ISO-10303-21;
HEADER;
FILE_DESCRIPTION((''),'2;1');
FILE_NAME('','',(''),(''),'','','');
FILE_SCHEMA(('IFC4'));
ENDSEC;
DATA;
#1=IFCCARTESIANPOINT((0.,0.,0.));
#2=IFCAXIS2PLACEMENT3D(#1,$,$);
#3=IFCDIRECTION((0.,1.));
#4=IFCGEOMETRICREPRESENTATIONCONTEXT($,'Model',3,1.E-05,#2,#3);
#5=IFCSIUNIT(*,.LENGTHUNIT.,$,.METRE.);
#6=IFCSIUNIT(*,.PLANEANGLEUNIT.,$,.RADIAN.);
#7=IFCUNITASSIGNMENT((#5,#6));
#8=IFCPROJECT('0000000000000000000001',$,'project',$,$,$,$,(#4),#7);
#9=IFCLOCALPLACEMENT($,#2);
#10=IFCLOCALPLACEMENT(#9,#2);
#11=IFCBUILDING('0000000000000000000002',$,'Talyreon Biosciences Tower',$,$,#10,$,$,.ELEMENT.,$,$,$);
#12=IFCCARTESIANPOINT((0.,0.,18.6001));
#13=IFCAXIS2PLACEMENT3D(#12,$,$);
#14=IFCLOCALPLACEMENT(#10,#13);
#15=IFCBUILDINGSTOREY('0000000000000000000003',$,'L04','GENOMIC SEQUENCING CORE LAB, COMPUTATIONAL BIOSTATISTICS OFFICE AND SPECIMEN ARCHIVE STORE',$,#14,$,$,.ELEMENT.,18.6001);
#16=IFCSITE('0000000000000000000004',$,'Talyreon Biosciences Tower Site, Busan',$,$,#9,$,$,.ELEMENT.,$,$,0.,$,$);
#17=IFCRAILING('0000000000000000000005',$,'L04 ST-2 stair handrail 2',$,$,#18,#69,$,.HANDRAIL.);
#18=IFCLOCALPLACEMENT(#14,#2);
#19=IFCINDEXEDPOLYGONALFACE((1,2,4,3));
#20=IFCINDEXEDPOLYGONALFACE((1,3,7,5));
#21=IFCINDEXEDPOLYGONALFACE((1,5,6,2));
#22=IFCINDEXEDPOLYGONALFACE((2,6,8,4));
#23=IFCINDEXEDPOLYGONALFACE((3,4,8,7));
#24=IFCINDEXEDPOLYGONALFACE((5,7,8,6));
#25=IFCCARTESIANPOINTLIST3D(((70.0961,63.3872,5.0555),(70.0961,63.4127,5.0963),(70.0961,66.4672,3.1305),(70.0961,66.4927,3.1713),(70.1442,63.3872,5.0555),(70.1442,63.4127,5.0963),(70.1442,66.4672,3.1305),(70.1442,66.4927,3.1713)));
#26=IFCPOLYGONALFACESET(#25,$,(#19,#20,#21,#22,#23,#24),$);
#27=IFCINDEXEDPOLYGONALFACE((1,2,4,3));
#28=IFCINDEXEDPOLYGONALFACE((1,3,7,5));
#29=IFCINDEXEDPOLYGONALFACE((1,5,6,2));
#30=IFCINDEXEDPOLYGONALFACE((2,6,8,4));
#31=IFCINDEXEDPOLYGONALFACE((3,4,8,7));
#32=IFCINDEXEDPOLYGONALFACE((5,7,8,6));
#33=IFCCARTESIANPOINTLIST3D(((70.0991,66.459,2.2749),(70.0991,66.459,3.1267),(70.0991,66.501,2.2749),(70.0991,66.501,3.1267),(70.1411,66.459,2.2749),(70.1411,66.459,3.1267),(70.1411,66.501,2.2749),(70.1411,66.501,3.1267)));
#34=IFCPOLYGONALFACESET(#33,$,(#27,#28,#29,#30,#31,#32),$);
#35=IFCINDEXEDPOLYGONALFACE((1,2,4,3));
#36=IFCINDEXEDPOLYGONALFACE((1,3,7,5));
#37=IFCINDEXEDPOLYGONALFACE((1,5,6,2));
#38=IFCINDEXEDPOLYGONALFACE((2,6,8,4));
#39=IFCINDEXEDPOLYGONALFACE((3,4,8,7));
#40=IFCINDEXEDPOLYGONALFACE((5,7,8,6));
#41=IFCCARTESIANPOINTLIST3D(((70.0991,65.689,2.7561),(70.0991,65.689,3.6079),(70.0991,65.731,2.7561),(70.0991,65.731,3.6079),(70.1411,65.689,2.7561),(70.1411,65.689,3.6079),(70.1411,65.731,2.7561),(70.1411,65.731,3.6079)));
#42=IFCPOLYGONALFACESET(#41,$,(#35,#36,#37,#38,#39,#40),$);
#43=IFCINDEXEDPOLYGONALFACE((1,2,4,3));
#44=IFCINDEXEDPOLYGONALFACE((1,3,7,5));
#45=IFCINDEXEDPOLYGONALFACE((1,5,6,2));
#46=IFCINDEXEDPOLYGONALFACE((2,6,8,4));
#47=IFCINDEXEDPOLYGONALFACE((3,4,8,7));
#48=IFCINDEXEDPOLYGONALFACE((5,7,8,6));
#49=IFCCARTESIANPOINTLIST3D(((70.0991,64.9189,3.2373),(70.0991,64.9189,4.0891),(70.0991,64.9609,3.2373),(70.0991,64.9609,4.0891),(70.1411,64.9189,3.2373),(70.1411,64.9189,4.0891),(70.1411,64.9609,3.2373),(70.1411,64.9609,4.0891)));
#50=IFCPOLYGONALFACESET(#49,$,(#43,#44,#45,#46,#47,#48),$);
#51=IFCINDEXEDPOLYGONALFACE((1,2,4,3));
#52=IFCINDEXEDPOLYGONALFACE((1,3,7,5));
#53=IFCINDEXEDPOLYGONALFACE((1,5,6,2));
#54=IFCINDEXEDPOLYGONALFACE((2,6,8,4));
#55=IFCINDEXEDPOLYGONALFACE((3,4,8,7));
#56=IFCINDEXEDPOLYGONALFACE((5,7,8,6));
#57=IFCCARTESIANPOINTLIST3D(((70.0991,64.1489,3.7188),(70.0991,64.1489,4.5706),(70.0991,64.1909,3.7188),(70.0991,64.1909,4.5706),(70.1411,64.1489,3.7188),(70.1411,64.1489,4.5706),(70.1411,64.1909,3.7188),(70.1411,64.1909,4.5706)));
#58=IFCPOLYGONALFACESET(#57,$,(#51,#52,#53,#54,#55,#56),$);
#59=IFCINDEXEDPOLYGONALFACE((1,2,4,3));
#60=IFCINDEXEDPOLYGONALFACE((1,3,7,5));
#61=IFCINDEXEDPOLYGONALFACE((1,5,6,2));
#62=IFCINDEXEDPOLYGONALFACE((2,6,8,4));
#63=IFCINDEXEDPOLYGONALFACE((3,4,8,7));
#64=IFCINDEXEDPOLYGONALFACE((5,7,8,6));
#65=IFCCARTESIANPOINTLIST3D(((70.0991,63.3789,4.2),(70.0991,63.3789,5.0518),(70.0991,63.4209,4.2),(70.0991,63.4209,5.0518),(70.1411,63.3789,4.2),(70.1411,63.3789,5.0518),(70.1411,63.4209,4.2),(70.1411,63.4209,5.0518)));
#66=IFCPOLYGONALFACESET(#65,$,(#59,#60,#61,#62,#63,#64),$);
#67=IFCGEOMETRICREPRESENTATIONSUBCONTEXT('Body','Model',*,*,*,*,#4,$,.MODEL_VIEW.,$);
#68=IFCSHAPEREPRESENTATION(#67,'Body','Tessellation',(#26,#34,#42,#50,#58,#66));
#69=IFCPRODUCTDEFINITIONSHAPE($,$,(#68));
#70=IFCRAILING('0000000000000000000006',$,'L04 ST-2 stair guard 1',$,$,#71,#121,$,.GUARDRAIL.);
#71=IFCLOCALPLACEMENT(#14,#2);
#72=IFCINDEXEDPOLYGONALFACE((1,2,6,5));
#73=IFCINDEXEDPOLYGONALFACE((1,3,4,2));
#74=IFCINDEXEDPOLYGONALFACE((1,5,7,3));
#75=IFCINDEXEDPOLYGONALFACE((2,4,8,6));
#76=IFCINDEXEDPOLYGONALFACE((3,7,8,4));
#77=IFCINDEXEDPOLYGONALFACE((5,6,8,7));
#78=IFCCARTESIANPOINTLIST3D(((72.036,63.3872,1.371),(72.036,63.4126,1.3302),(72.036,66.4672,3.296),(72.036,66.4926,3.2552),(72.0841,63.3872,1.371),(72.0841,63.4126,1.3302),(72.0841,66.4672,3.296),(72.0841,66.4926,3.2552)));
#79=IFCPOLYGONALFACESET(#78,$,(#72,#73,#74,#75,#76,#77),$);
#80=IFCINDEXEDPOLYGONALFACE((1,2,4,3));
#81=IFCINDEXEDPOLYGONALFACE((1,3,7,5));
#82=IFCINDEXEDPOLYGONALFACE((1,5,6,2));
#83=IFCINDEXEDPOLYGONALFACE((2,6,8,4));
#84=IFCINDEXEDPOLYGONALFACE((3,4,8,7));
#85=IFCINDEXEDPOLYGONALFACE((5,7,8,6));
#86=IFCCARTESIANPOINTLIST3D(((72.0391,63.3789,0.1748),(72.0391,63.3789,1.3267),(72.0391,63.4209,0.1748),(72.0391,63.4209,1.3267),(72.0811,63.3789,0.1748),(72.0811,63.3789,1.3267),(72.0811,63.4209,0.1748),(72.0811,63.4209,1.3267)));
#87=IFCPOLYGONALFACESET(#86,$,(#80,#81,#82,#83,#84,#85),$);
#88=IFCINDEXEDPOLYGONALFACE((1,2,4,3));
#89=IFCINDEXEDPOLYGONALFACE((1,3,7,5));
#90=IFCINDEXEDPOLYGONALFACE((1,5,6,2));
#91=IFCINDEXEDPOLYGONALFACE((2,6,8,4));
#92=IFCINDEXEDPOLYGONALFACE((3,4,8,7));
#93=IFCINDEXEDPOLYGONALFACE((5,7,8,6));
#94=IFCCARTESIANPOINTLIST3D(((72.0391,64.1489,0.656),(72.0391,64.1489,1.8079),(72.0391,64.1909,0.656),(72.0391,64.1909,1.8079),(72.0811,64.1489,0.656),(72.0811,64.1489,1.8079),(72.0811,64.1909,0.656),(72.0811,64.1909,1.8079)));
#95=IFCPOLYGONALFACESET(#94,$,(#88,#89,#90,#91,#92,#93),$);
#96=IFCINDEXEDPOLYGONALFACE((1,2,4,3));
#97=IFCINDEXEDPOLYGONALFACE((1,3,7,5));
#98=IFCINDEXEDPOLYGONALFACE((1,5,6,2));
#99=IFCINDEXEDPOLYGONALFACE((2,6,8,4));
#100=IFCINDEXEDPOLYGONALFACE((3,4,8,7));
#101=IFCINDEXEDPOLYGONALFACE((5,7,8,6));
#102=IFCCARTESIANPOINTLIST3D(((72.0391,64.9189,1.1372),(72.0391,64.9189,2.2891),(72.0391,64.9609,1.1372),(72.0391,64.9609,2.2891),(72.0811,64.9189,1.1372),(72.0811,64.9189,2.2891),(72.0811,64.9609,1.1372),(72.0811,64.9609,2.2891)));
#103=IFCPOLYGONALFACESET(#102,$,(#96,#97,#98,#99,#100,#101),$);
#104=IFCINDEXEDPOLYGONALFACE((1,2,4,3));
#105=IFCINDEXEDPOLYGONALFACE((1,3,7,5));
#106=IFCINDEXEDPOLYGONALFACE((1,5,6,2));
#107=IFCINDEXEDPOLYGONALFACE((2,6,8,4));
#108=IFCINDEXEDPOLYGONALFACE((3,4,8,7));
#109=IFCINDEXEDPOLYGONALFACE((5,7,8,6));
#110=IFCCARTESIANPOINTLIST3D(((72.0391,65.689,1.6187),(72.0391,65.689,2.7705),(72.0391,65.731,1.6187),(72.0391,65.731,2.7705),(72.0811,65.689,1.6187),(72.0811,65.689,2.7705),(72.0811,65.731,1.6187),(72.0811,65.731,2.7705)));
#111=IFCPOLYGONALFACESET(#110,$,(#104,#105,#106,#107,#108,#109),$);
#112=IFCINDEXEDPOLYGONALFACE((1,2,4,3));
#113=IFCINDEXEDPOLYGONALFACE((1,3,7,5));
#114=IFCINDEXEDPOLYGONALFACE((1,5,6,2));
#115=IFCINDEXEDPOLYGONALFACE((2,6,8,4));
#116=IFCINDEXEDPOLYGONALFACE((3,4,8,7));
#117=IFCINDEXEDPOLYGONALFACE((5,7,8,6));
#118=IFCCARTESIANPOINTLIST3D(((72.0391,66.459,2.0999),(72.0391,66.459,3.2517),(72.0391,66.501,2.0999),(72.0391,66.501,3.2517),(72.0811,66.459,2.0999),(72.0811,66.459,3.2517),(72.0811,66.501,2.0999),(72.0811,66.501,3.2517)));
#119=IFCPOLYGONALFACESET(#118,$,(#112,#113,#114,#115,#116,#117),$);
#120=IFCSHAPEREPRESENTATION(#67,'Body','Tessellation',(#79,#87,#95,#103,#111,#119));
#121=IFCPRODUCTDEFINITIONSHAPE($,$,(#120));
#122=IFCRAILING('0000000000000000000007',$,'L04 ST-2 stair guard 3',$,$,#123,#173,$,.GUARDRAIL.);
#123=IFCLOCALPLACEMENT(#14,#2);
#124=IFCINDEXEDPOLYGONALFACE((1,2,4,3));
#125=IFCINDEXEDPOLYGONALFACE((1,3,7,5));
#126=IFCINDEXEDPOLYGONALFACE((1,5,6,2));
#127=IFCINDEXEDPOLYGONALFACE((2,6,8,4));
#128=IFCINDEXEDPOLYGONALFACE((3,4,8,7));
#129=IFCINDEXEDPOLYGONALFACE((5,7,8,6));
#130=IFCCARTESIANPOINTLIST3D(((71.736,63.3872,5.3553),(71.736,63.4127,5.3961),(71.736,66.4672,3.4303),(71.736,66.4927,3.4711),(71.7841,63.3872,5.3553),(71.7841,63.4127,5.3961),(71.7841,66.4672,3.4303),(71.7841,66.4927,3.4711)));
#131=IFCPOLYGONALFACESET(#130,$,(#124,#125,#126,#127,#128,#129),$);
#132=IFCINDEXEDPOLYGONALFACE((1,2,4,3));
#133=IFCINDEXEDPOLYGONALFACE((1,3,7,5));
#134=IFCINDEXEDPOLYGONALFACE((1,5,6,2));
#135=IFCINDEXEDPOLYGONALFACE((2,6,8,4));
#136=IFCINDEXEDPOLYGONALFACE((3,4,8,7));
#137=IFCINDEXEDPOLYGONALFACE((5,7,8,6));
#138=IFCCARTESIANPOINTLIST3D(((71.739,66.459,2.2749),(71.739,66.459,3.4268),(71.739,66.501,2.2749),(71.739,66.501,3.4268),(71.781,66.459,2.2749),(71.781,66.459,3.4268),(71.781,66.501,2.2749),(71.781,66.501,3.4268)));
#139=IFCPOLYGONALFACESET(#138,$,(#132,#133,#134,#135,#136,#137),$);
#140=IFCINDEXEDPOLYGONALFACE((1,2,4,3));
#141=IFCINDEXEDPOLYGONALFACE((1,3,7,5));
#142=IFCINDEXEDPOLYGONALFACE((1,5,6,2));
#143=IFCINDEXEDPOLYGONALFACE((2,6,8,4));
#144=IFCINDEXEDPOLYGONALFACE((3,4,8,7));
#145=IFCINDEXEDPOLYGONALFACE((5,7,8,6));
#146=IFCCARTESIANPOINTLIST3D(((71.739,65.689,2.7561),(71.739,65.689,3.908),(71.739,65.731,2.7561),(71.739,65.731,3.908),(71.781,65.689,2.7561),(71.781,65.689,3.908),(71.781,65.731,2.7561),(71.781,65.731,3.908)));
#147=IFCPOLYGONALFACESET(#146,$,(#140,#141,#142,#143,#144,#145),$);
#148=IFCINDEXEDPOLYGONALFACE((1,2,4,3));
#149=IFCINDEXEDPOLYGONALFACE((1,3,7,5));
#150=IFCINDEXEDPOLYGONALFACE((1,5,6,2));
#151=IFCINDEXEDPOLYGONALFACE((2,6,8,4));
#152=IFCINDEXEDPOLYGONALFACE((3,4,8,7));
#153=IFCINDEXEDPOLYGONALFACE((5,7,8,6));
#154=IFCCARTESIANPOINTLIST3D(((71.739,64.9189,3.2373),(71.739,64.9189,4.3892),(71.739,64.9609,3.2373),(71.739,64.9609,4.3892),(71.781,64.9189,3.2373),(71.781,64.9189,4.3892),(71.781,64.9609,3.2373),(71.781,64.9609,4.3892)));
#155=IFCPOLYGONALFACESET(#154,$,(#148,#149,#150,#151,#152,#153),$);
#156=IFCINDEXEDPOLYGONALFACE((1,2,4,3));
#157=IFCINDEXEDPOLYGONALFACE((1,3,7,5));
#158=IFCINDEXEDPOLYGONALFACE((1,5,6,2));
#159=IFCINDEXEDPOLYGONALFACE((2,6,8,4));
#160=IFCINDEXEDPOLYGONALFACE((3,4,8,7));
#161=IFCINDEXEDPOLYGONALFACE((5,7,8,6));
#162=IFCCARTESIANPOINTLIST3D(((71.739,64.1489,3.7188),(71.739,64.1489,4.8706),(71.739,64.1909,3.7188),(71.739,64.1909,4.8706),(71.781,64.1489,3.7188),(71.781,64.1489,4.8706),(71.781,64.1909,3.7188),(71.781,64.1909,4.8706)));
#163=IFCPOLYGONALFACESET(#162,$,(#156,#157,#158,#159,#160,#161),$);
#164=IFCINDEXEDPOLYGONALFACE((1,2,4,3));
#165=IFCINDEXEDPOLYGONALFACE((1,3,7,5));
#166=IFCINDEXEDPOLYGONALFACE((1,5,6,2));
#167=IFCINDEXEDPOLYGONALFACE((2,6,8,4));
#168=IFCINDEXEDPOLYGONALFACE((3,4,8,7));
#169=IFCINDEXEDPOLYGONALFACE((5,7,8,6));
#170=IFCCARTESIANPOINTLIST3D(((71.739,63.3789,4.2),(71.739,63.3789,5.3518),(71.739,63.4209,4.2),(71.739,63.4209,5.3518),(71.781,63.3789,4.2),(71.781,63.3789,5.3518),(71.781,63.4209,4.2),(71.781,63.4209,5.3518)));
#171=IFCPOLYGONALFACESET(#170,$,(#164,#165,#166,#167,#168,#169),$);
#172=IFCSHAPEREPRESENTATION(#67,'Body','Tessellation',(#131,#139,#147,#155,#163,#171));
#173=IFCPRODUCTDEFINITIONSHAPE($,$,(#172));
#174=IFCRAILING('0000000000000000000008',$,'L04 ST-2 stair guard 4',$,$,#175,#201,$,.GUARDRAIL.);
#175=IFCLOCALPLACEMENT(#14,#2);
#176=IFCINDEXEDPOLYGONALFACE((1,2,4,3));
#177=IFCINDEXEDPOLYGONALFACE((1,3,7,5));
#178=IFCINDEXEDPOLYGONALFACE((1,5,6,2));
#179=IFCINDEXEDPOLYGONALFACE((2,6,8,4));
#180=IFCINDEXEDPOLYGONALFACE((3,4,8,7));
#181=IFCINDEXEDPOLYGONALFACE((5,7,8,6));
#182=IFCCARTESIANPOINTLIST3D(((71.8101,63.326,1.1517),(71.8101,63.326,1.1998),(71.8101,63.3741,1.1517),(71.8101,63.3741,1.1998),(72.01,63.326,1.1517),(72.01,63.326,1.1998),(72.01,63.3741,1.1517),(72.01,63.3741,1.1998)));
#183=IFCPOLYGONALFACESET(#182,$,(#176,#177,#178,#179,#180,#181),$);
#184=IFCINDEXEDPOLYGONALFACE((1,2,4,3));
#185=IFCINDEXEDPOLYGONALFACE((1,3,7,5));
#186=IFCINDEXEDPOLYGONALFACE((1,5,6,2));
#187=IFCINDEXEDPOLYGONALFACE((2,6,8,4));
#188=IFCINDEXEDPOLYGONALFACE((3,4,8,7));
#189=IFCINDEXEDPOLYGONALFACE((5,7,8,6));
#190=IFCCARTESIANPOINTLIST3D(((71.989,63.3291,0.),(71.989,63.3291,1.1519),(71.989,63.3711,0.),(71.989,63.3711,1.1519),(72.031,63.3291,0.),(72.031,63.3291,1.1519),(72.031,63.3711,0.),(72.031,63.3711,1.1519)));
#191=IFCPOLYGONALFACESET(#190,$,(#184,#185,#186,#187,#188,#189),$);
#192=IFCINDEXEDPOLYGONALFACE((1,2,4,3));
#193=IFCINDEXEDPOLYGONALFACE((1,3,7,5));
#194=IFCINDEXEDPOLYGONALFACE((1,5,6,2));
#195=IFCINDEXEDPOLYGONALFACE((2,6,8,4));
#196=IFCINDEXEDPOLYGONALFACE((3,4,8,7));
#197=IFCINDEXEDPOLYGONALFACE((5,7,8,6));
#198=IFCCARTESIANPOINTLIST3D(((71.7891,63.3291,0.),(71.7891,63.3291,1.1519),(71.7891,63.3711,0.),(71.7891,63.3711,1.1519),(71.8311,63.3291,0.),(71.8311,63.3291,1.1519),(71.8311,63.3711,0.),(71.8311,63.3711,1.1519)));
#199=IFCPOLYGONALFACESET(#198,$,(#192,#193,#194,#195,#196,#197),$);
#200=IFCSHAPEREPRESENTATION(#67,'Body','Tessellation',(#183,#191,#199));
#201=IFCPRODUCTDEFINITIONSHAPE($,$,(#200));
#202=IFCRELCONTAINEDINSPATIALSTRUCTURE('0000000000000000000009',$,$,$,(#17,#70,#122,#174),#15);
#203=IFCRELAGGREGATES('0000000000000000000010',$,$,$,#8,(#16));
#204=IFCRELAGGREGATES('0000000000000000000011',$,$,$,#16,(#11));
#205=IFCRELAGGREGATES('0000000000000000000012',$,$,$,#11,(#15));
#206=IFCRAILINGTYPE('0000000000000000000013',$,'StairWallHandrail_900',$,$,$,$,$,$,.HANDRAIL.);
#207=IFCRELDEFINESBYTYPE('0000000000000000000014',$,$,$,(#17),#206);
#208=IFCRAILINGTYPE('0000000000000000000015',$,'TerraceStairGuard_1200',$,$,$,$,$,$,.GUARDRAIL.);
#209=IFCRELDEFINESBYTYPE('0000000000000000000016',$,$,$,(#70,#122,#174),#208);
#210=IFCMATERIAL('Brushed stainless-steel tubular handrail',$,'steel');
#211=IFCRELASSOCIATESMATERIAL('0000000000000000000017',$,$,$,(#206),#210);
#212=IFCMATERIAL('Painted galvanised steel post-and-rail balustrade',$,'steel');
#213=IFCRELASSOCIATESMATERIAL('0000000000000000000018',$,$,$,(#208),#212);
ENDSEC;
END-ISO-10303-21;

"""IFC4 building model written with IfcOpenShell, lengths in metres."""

from ifc_helpers import new_model, si_unit, direction, frame, origin, origin_2d, place, context, subcontext, project, spatial, rectangle, extrude, material, type_object, element, save


model = new_model("IFC4")

# Units and contexts
model_context = context("Model", 3, precision=1e-05, world=origin(), true_north=direction((0.0, 1.0)))
body_context = subcontext(model_context, "Body", "Model", "MODEL_VIEW")
ifc_project = project(units=[si_unit("LENGTHUNIT", "METRE"), si_unit("PLANEANGLEUNIT", "RADIAN")], contexts=[model_context])

# Site, building, storey
site_placement = place(None, origin())
site = spatial("IfcSite", under=ifc_project, at=site_placement, Name="Talyreon Biosciences Tower Site, Busan", CompositionType="ELEMENT", RefElevation=0.0)
building_placement = place(site_placement, origin())
building = spatial("IfcBuilding", under=site, at=building_placement, Name="Talyreon Biosciences Tower", CompositionType="ELEMENT")
storey_placement = place(building_placement, frame((0.0, 0.0, 18.6001)))
storey = spatial("IfcBuildingStorey", under=building, at=storey_placement, Name="L04", Description="GENOMIC SEQUENCING CORE LAB, COMPUTATIONAL BIOSTATISTICS OFFICE AND SPECIMEN ARCHIVE STORE", CompositionType="ELEMENT", Elevation=18.6001)

# Railings
ifc_material_1 = material(Name="Brushed stainless-steel tubular handrail", Category="steel")
railing_type_1 = type_object("IfcRailingType", Name="StairWallHandrail_900", PredefinedType="HANDRAIL", material=ifc_material_1)
railing_1_placement = place(storey_placement, frame((70.1201, 66.48, 2.2749)))
element("IfcRailing", 1, at=railing_1_placement, inside=storey, type_object=railing_type_1, Name="L04 ST-2 stair handrail 2", PredefinedType="HANDRAIL", context=body_context, shape_type="SweptSolid", body=[
    extrude(rectangle(XDim=0.0481, YDim=0.0481, at=origin_2d()), frame((0.0, 0.0, 0.876), z_axis=(0.0, -0.847998, 0.529999), x_axis=(1.0, 0.0, 0.0)), (0.0, 0.0, 1.0), 3.6321),
    extrude(rectangle(XDim=0.042, YDim=0.042, at=origin_2d()), origin(), (0.0, 0.0, 1.0), 0.8518),
    extrude(rectangle(XDim=0.042, YDim=0.042, at=origin_2d()), frame((0.0, -0.77, 0.4812)), (0.0, 0.0, 1.0), 0.8518),
    extrude(rectangle(XDim=0.042, YDim=0.042, at=origin_2d()), frame((0.0, -1.54, 0.9624)), (0.0, 0.0, 1.0), 0.8518),
    extrude(rectangle(XDim=0.042, YDim=0.042, at=origin_2d()), frame((0.0, -2.3101, 1.4438)), (0.0, 0.0, 1.0), 0.8518),
    extrude(rectangle(XDim=0.042, YDim=0.042, at=origin_2d()), frame((0.0, -3.0801, 1.925)), (0.0, 0.0, 1.0), 0.8518),
])
ifc_material_2 = material(Name="Painted galvanised steel post-and-rail balustrade", Category="steel")
railing_type_2 = type_object("IfcRailingType", Name="TerraceStairGuard_1200", PredefinedType="GUARDRAIL", material=ifc_material_2)
railing_2_placement = place(storey_placement, frame((72.0601, 63.3999, 0.1748)))
element("IfcRailing", 2, at=railing_2_placement, inside=storey, type_object=railing_type_2, Name="L04 ST-2 stair guard 1", PredefinedType="GUARDRAIL", context=body_context, shape_type="SweptSolid", body=[
    extrude(rectangle(XDim=0.0481, YDim=0.0481, at=origin_2d()), frame((0.0, 0.0, 1.1758), z_axis=(0.0, 0.847998, 0.529999), x_axis=(-1.0, 0.0, 0.0)), (0.0, 0.0, 1.0), 3.6321),
    extrude(rectangle(XDim=0.042, YDim=0.042, at=origin_2d()), origin(), (0.0, 0.0, 1.0), 1.1519),
    extrude(rectangle(XDim=0.042, YDim=0.042, at=origin_2d()), frame((0.0, 0.77, 0.4812)), (0.0, 0.0, 1.0), 1.1519),
    extrude(rectangle(XDim=0.042, YDim=0.042, at=origin_2d()), frame((0.0, 1.54, 0.9624)), (0.0, 0.0, 1.0), 1.1519),
    extrude(rectangle(XDim=0.042, YDim=0.042, at=origin_2d()), frame((0.0, 2.3101, 1.4438)), (0.0, 0.0, 1.0), 1.1519),
    extrude(rectangle(XDim=0.042, YDim=0.042, at=origin_2d()), frame((0.0, 3.0801, 1.925)), (0.0, 0.0, 1.0), 1.1519),
])
railing_3_placement = place(storey_placement, frame((71.76, 66.48, 2.2749)))
element("IfcRailing", 3, at=railing_3_placement, inside=storey, type_object=railing_type_2, Name="L04 ST-2 stair guard 3", PredefinedType="GUARDRAIL", context=body_context, shape_type="SweptSolid", body=[
    extrude(rectangle(XDim=0.0481, YDim=0.0481, at=origin_2d()), frame((0.0, 0.0, 1.1758), z_axis=(0.0, -0.847998, 0.529999), x_axis=(1.0, 0.0, 0.0)), (0.0, 0.0, 1.0), 3.6321),
    extrude(rectangle(XDim=0.042, YDim=0.042, at=origin_2d()), origin(), (0.0, 0.0, 1.0), 1.1519),
    extrude(rectangle(XDim=0.042, YDim=0.042, at=origin_2d()), frame((0.0, -0.77, 0.4812)), (0.0, 0.0, 1.0), 1.1519),
    extrude(rectangle(XDim=0.042, YDim=0.042, at=origin_2d()), frame((0.0, -1.54, 0.9624)), (0.0, 0.0, 1.0), 1.1519),
    extrude(rectangle(XDim=0.042, YDim=0.042, at=origin_2d()), frame((0.0, -2.3101, 1.4438)), (0.0, 0.0, 1.0), 1.1519),
    extrude(rectangle(XDim=0.042, YDim=0.042, at=origin_2d()), frame((0.0, -3.0801, 1.925)), (0.0, 0.0, 1.0), 1.1519),
])
railing_4_placement = place(storey_placement, frame((72.01, 63.3501, 0.0)))
element("IfcRailing", 4, at=railing_4_placement, inside=storey, type_object=railing_type_2, Name="L04 ST-2 stair guard 4", PredefinedType="GUARDRAIL", context=body_context, shape_type="SweptSolid", body=[
    extrude(rectangle(XDim=0.0481, YDim=0.0481, at=origin_2d()), frame((0.0, 0.0, 1.1758), z_axis=(-1.0, 0.0, 0.0), x_axis=(0.0, -1.0, 0.0)), (0.0, 0.0, 1.0), 0.2),
    extrude(rectangle(XDim=0.042, YDim=0.042, at=origin_2d()), origin(), (0.0, 0.0, 1.0), 1.1519),
    extrude(rectangle(XDim=0.042, YDim=0.042, at=origin_2d()), frame((-0.2, 0.0, 0.0)), (0.0, 0.0, 1.0), 1.1519),
])

save(model, "model.ifc")
